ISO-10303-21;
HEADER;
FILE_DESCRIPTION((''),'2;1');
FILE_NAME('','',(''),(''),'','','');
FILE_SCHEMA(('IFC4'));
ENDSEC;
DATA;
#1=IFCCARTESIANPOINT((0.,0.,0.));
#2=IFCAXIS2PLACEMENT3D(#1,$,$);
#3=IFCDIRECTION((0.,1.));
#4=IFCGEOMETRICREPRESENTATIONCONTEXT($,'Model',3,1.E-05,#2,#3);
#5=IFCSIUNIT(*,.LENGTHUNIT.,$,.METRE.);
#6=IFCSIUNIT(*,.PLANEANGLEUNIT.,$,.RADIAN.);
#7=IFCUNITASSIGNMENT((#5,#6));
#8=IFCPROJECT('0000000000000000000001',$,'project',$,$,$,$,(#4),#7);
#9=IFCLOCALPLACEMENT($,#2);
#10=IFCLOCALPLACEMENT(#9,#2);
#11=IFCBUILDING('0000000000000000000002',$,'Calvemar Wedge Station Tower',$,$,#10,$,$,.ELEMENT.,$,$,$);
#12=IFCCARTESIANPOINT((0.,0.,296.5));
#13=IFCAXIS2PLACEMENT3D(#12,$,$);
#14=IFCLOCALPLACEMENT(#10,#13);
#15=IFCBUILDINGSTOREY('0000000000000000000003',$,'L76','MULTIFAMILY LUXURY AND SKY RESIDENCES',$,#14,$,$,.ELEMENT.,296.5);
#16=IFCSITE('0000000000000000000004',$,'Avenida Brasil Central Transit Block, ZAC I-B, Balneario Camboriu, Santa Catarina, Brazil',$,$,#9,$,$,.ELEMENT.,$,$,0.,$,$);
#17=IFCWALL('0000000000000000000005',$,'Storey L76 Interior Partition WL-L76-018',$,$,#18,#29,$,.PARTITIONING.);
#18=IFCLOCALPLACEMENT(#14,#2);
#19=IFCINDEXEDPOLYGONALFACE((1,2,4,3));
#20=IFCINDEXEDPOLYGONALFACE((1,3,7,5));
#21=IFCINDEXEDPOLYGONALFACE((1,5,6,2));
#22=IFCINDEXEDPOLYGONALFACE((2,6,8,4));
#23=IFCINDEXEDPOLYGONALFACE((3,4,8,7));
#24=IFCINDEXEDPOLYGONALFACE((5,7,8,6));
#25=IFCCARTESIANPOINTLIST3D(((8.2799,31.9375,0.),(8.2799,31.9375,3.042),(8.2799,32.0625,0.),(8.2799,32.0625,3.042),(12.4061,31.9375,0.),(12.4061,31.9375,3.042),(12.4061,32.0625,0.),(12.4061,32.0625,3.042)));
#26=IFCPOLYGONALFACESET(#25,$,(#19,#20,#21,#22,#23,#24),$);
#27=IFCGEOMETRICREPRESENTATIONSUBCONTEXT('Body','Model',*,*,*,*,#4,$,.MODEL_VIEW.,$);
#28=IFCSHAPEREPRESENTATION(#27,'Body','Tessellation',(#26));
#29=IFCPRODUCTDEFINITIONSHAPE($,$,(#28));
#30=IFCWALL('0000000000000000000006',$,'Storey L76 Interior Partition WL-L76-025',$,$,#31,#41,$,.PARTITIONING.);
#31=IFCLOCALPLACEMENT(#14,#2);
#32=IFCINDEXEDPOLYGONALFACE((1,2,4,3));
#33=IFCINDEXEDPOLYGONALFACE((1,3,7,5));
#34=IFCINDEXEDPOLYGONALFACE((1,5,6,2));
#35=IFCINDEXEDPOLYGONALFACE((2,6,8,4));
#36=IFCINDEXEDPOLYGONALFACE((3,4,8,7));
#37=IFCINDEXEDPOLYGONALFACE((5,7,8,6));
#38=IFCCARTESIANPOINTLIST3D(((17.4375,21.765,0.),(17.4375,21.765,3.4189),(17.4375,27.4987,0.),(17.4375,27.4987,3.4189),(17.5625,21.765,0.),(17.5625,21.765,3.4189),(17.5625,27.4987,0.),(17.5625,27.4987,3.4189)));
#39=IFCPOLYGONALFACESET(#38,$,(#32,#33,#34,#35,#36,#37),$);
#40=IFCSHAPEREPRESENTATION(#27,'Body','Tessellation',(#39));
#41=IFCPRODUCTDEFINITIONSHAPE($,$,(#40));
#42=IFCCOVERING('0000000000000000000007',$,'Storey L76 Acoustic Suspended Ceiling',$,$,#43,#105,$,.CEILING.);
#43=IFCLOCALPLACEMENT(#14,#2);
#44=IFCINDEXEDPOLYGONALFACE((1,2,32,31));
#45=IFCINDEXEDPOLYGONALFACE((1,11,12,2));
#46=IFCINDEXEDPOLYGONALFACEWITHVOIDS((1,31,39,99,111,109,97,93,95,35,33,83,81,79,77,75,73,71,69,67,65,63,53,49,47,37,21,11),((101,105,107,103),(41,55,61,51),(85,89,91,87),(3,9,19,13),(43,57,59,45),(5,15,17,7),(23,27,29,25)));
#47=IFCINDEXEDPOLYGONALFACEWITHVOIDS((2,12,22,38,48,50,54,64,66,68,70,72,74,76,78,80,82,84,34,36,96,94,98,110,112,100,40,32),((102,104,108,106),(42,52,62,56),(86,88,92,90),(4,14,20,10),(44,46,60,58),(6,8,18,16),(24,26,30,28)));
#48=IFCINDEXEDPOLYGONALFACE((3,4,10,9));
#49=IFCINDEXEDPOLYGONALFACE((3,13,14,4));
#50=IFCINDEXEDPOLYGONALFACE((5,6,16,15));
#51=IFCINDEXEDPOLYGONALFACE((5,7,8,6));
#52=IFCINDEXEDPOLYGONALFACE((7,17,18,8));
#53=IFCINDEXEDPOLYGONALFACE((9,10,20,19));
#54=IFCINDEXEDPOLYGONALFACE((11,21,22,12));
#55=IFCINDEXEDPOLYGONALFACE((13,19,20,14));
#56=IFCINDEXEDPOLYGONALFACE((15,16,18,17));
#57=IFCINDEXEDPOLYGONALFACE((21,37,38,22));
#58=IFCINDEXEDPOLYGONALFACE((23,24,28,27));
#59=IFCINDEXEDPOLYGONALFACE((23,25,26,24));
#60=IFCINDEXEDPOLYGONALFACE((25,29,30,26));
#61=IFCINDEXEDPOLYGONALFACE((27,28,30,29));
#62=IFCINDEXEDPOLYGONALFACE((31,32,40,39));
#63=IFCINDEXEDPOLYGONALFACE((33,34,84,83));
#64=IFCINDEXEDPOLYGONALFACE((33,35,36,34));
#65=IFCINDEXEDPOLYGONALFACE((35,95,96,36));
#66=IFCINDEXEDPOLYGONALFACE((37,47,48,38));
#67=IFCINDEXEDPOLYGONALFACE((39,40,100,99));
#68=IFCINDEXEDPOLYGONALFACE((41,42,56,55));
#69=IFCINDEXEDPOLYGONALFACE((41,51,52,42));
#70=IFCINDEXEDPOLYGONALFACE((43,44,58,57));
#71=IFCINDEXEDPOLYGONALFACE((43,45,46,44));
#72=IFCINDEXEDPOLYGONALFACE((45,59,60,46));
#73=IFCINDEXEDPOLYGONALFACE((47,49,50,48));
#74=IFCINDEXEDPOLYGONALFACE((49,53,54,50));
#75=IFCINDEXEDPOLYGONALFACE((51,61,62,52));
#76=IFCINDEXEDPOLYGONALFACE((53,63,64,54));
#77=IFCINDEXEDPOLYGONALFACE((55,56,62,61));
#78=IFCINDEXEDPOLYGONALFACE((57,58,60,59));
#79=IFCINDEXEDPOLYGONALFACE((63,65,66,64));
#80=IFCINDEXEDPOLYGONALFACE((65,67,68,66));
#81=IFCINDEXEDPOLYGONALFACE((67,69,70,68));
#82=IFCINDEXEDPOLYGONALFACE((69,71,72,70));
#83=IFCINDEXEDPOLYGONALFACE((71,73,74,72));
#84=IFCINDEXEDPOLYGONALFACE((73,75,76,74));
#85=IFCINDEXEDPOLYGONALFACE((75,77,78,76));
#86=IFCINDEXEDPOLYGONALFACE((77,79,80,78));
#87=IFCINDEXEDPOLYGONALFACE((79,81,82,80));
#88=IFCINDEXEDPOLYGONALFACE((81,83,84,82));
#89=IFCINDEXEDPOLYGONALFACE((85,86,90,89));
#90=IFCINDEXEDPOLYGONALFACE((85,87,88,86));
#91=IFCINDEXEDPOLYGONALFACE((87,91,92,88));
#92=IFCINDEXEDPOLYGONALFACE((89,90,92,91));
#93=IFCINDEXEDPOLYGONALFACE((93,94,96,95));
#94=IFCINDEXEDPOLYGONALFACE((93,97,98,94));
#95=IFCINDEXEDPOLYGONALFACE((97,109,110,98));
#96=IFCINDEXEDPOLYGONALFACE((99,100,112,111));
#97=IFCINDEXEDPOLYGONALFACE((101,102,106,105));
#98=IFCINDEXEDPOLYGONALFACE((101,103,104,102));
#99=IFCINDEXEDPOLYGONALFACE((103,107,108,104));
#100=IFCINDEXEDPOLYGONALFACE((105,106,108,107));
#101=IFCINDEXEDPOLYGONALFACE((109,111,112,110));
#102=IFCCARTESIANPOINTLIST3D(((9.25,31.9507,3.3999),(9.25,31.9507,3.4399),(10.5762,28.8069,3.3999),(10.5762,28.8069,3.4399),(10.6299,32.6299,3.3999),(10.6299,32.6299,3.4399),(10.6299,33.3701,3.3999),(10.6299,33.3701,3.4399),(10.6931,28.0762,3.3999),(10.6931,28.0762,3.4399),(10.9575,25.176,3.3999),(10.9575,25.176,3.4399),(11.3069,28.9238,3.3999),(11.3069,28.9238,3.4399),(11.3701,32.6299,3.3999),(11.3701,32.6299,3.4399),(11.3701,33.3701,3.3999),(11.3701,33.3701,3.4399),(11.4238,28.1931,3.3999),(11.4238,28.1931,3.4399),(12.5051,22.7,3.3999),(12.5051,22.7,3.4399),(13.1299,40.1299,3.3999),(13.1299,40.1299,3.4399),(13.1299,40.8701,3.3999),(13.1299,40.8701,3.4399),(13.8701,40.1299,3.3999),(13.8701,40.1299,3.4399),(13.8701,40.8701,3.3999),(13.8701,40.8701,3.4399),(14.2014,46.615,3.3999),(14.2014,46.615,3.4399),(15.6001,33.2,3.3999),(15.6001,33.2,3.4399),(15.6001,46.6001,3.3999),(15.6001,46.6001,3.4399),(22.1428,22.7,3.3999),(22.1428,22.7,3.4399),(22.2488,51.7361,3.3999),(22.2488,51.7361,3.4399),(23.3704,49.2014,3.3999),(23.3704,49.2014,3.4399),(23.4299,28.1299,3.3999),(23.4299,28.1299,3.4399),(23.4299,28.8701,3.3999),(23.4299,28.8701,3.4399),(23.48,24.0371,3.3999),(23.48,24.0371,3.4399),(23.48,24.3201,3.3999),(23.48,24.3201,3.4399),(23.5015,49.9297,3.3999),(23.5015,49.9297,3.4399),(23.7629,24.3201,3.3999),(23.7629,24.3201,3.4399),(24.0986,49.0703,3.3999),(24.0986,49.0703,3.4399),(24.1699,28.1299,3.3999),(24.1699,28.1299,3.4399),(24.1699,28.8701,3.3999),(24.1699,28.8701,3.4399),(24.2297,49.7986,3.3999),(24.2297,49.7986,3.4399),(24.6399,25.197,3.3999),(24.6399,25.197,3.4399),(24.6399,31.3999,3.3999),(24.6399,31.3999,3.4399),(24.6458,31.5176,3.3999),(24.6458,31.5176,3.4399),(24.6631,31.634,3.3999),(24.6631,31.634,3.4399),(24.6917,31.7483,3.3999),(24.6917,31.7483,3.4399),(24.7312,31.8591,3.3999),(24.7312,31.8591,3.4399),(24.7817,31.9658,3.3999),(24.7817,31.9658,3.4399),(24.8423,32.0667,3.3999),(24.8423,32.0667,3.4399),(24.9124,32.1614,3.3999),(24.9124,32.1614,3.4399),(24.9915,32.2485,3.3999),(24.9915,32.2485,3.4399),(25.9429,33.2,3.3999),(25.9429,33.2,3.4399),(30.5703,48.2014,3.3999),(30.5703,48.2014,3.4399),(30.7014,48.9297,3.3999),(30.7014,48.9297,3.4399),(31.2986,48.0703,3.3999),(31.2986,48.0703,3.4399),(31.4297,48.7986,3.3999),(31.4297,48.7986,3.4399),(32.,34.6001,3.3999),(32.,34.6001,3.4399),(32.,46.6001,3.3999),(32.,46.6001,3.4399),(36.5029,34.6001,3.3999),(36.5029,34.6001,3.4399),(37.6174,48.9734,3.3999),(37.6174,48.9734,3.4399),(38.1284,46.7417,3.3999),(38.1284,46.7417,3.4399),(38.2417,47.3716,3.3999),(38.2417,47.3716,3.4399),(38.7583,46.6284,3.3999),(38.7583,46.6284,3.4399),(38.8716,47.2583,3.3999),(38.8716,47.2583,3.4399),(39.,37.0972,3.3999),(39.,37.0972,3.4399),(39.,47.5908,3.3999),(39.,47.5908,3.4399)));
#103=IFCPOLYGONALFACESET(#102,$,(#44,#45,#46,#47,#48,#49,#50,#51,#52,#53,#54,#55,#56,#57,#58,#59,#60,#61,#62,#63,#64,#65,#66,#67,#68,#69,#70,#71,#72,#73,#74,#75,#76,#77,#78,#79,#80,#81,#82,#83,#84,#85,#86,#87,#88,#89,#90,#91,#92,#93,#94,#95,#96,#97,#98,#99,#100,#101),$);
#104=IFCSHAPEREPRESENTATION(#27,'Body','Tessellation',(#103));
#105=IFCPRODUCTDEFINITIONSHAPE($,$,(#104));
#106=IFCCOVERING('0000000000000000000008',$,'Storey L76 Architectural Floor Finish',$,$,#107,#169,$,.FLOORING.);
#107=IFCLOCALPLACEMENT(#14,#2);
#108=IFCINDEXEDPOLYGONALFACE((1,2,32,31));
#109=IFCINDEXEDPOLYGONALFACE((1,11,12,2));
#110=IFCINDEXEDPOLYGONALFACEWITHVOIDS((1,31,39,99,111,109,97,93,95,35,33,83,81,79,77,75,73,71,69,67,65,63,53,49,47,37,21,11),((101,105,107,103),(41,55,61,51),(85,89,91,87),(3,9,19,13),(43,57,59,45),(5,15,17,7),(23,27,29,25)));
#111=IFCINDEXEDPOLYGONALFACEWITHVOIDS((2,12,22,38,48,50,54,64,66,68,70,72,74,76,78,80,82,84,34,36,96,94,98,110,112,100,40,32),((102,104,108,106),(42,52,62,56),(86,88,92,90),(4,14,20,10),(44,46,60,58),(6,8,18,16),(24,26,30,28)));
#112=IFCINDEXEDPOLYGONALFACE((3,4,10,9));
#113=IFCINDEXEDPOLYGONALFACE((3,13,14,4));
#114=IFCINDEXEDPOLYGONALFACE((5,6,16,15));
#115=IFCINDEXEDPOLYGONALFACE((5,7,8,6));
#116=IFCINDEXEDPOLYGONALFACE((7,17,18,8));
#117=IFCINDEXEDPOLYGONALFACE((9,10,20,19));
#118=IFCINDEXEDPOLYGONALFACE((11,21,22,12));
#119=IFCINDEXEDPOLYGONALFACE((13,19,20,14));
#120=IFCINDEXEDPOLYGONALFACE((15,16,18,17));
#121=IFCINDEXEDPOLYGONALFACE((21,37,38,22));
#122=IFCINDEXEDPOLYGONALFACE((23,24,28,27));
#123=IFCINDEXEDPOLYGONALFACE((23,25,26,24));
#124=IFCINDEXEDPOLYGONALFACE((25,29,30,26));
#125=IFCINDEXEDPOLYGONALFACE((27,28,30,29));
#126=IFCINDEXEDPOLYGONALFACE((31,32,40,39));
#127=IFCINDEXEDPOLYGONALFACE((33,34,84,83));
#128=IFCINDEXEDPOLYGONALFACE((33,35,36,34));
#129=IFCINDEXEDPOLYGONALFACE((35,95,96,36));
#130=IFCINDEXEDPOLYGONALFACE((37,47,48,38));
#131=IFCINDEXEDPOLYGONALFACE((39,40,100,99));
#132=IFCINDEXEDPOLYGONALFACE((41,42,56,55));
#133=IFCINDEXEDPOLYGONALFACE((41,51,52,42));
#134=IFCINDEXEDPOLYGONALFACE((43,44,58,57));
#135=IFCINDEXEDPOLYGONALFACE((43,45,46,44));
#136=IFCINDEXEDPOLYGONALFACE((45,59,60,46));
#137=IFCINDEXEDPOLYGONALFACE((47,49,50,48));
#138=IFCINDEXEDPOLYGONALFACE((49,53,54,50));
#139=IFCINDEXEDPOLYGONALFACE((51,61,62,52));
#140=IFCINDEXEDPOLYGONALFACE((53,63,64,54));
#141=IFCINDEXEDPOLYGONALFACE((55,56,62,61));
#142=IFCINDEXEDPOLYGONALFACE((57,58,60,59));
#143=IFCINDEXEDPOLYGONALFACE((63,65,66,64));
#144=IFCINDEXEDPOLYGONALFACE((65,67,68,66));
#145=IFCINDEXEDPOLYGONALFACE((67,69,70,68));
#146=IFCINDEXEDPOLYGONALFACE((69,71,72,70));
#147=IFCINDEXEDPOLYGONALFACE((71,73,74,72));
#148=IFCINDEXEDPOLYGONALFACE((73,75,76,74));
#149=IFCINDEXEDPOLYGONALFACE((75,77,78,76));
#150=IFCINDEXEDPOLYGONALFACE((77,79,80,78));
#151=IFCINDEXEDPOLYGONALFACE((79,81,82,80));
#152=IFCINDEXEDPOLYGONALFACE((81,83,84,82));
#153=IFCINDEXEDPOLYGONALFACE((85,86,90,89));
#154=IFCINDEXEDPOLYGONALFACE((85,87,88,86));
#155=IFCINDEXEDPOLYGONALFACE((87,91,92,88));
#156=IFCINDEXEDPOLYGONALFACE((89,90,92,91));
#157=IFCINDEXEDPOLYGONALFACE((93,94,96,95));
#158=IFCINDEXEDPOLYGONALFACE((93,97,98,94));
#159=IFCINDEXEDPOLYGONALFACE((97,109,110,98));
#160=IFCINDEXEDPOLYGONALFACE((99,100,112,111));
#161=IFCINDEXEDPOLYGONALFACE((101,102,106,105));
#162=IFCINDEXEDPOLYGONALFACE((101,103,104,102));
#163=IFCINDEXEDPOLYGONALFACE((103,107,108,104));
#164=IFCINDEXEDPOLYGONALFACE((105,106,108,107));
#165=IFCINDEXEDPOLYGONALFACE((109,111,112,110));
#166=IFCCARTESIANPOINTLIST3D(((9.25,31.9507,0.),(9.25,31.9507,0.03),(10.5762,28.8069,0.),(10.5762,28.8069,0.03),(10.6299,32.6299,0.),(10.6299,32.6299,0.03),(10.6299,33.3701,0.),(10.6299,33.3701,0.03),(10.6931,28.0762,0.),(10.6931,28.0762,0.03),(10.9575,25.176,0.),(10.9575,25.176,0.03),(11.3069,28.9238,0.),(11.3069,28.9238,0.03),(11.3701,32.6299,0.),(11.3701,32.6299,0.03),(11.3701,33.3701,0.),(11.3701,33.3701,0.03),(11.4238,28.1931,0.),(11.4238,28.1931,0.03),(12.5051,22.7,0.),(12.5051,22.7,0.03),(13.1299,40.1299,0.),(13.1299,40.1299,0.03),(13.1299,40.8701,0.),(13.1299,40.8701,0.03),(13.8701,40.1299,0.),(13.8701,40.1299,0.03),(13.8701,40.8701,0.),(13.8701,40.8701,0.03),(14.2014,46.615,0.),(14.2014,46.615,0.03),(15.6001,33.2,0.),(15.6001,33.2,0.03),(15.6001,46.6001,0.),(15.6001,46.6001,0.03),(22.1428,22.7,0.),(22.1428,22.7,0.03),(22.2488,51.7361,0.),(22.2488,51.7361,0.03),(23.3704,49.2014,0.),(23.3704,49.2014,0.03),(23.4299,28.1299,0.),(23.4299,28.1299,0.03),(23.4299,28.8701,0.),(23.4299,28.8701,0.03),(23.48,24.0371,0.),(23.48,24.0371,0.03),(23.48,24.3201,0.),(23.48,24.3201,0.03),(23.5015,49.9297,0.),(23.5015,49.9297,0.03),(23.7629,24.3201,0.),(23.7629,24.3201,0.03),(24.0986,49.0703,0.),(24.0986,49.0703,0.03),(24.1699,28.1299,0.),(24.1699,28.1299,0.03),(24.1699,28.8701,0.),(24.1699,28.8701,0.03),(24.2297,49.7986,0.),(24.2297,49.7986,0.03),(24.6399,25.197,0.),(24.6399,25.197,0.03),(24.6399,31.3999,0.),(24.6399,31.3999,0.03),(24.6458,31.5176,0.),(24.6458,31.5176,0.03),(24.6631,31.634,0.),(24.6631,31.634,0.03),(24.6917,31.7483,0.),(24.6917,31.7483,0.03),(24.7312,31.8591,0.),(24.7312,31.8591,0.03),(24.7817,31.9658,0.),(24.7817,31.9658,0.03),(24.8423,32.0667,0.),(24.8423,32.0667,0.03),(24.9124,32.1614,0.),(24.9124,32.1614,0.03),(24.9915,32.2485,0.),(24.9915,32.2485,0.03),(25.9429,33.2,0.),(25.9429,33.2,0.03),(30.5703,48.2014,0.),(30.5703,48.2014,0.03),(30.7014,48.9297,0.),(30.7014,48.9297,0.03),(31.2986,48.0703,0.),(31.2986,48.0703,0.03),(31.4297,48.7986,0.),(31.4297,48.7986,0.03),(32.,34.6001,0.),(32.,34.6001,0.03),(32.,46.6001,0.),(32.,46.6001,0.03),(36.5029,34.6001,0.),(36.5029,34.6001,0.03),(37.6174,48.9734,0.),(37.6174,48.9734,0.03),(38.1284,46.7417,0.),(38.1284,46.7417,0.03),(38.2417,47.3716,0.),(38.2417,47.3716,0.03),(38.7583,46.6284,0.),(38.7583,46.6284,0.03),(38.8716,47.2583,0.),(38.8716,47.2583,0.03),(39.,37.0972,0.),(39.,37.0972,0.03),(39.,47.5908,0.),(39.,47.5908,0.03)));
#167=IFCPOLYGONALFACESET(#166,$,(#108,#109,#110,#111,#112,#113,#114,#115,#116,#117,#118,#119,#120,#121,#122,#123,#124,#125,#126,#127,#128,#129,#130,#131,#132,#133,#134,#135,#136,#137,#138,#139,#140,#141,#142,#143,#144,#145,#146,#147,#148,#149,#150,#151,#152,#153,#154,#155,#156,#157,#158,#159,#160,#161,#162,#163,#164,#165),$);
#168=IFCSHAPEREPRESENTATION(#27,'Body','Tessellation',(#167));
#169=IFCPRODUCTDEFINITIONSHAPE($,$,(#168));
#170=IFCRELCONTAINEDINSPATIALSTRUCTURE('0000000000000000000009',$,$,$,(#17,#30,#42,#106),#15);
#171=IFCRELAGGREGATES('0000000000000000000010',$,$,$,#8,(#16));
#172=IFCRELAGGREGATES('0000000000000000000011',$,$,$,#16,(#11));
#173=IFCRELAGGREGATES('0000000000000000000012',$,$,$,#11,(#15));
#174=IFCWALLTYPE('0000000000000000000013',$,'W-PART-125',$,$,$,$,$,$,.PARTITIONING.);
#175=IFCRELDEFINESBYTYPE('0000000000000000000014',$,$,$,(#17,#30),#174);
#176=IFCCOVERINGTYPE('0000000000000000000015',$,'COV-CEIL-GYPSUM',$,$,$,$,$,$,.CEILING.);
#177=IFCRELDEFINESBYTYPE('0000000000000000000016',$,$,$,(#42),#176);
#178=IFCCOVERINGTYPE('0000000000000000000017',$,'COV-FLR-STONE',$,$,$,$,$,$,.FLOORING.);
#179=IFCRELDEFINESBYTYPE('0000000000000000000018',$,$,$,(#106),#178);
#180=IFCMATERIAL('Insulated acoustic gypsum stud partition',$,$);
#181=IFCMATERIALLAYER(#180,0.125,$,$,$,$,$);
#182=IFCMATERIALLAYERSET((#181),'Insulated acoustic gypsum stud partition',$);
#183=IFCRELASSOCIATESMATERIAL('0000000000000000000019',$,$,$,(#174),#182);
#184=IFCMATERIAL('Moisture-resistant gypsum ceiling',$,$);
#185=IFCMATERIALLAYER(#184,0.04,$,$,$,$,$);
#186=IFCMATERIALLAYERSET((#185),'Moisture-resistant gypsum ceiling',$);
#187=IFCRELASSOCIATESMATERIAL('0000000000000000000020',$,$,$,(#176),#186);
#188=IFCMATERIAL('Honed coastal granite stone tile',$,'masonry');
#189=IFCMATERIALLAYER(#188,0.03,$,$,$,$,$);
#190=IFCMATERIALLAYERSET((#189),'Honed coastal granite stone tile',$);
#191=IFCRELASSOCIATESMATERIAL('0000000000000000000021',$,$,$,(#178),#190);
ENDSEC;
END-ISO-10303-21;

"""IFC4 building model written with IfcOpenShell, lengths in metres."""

from ifc_helpers import new_model, si_unit, direction, frame, frame_2d, origin, place, context, subcontext, project, spatial, polyline, rectangle, outline, extrude, material, layer, layer_set, type_object, element, save


model = new_model("IFC4")

# Units and contexts
model_context = context("Model", 3, precision=1e-05, world=origin(), true_north=direction((0.0, 1.0)))
body_context = subcontext(model_context, "Body", "Model", "MODEL_VIEW")
ifc_project = project(units=[si_unit("LENGTHUNIT", "METRE"), si_unit("PLANEANGLEUNIT", "RADIAN")], contexts=[model_context])

# Site, building, storey
site_placement = place(None, origin())
site = spatial("IfcSite", under=ifc_project, at=site_placement, Name="Avenida Brasil Central Transit Block, ZAC I-B, Balneario Camboriu, Santa Catarina, Brazil", CompositionType="ELEMENT", RefElevation=0.0)
building_placement = place(site_placement, origin())
building = spatial("IfcBuilding", under=site, at=building_placement, Name="Calvemar Wedge Station Tower", CompositionType="ELEMENT")
storey_placement = place(building_placement, frame((0.0, 0.0, 296.5)))
storey = spatial("IfcBuildingStorey", under=building, at=storey_placement, Name="L76", Description="MULTIFAMILY LUXURY AND SKY RESIDENCES", CompositionType="ELEMENT", Elevation=296.5)

# Walls
ifc_material_1 = material(Name="Insulated acoustic gypsum stud partition")
ifc_layer_1 = layer(ifc_material_1, 0.125)
ifc_layer_set_1 = layer_set([ifc_layer_1], Name="Insulated acoustic gypsum stud partition")
wall_type_1 = type_object("IfcWallType", Name="W-PART-125", PredefinedType="PARTITIONING", material=ifc_layer_set_1)
wall_1_placement = place(storey_placement, frame((12.406, 32.0, 0.0), z_axis=(0.0, 0.0, 1.0), x_axis=(-1.0, 0.0, 0.0)))
element("IfcWall", 1, at=wall_1_placement, inside=storey, type_object=wall_type_1, Name="Storey L76 Interior Partition WL-L76-018", PredefinedType="PARTITIONING", context=body_context, shape_type="SweptSolid", body=[
    extrude(rectangle(XDim=4.1262, YDim=0.125, at=frame_2d((2.063, 0.0))), origin(), (0.0, 0.0, 1.0), 3.042),
])
wall_2_placement = place(storey_placement, frame((17.5, 27.4985, 0.0), z_axis=(0.0, 0.0, 1.0), x_axis=(0.0, -1.0, 0.0)))
element("IfcWall", 2, at=wall_2_placement, inside=storey, type_object=wall_type_1, Name="Storey L76 Interior Partition WL-L76-025", PredefinedType="PARTITIONING", context=body_context, shape_type="SweptSolid", body=[
    extrude(rectangle(XDim=5.7336, YDim=0.125, at=frame_2d((2.8667, 0.0))), origin(), (0.0, 0.0, 1.0), 3.4189),
])

# Coverings
ifc_material_2 = material(Name="Moisture-resistant gypsum ceiling")
ifc_layer_2 = layer(ifc_material_2, 0.04)
ifc_layer_set_2 = layer_set([ifc_layer_2], Name="Moisture-resistant gypsum ceiling")
covering_type_1 = type_object("IfcCoveringType", Name="COV-CEIL-GYPSUM", PredefinedType="CEILING", material=ifc_layer_set_2)
covering_1_placement = place(storey_placement, frame((0.0, 0.0, 3.3999)))
element("IfcCovering", 3, at=covering_1_placement, inside=storey, type_object=covering_type_1, Name="Storey L76 Acoustic Suspended Ceiling", PredefinedType="CEILING", context=body_context, shape_type="SweptSolid", body=[
    extrude(outline(polyline([(32.0, 46.6001), (32.0, 34.6001), (36.5029, 34.6001), (39.0, 37.0972), (39.0, 47.5908), (37.6174, 48.9734), (22.2488, 51.7361), (14.2014, 46.615), (9.25, 31.9507), (10.9575, 25.176), (12.5051, 22.7), (22.1428, 22.7), (23.48, 24.0371), (23.48, 24.3201), (23.7629, 24.3201), (24.6399, 25.197), (24.6399, 31.3999), (24.6458, 31.5176), (24.6631, 31.634), (24.6917, 31.7483), (24.7312, 31.8591), (24.7817, 31.9658), (24.8423, 32.0667), (24.9124, 32.1614), (24.9915, 32.2485), (25.9429, 33.2), (15.6001, 33.2), (15.6001, 46.6001), (32.0, 46.6001)]), holes=[polyline([(10.6299, 32.6299), (10.6299, 33.3701), (11.3701, 33.3701), (11.3701, 32.6299), (10.6299, 32.6299)]), polyline([(13.1299, 40.8701), (13.8701, 40.8701), (13.8701, 40.1299), (13.1299, 40.1299), (13.1299, 40.8701)]), polyline([(24.2297, 49.7986), (24.0986, 49.0703), (23.3704, 49.2014), (23.5015, 49.9297), (24.2297, 49.7986)]), polyline([(31.2986, 48.0703), (30.5703, 48.2014), (30.7014, 48.9297), (31.4297, 48.7986), (31.2986, 48.0703)]), polyline([(38.1284, 46.7417), (38.2417, 47.3716), (38.8716, 47.2583), (38.7583, 46.6284), (38.1284, 46.7417)]), polyline([(11.3069, 28.9238), (11.4238, 28.1931), (10.6931, 28.0762), (10.5762, 28.8069), (11.3069, 28.9238)]), polyline([(24.1699, 28.8701), (24.1699, 28.1299), (23.4299, 28.1299), (23.4299, 28.8701), (24.1699, 28.8701)])]), origin(), (0.0, 0.0, 1.0), 0.04),
])
ifc_material_3 = material(Name="Honed coastal granite stone tile", Category="masonry")
ifc_layer_3 = layer(ifc_material_3, 0.03)
ifc_layer_set_3 = layer_set([ifc_layer_3], Name="Honed coastal granite stone tile")
covering_type_2 = type_object("IfcCoveringType", Name="COV-FLR-STONE", PredefinedType="FLOORING", material=ifc_layer_set_3)
covering_2_placement = place(storey_placement, origin())
element("IfcCovering", 4, at=covering_2_placement, inside=storey, type_object=covering_type_2, Name="Storey L76 Architectural Floor Finish", PredefinedType="FLOORING", context=body_context, shape_type="SweptSolid", body=[
    extrude(outline(polyline([(32.0, 46.6001), (32.0, 34.6001), (36.5029, 34.6001), (39.0, 37.0972), (39.0, 47.5908), (37.6174, 48.9734), (22.2488, 51.7361), (14.2014, 46.615), (9.25, 31.9507), (10.9575, 25.176), (12.5051, 22.7), (22.1428, 22.7), (23.48, 24.0371), (23.48, 24.3201), (23.7629, 24.3201), (24.6399, 25.197), (24.6399, 31.3999), (24.6458, 31.5176), (24.6631, 31.634), (24.6917, 31.7483), (24.7312, 31.8591), (24.7817, 31.9658), (24.8423, 32.0667), (24.9124, 32.1614), (24.9915, 32.2485), (25.9429, 33.2), (15.6001, 33.2), (15.6001, 46.6001), (32.0, 46.6001)]), holes=[polyline([(10.6299, 32.6299), (10.6299, 33.3701), (11.3701, 33.3701), (11.3701, 32.6299), (10.6299, 32.6299)]), polyline([(13.1299, 40.8701), (13.8701, 40.8701), (13.8701, 40.1299), (13.1299, 40.1299), (13.1299, 40.8701)]), polyline([(24.2297, 49.7986), (24.0986, 49.0703), (23.3704, 49.2014), (23.5015, 49.9297), (24.2297, 49.7986)]), polyline([(31.2986, 48.0703), (30.5703, 48.2014), (30.7014, 48.9297), (31.4297, 48.7986), (31.2986, 48.0703)]), polyline([(38.1284, 46.7417), (38.2417, 47.3716), (38.8716, 47.2583), (38.7583, 46.6284), (38.1284, 46.7417)]), polyline([(11.3069, 28.9238), (11.4238, 28.1931), (10.6931, 28.0762), (10.5762, 28.8069), (11.3069, 28.9238)]), polyline([(24.1699, 28.8701), (24.1699, 28.1299), (23.4299, 28.1299), (23.4299, 28.8701), (24.1699, 28.8701)])]), origin(), (0.0, 0.0, 1.0), 0.03),
])

save(model, "model.ifc")
